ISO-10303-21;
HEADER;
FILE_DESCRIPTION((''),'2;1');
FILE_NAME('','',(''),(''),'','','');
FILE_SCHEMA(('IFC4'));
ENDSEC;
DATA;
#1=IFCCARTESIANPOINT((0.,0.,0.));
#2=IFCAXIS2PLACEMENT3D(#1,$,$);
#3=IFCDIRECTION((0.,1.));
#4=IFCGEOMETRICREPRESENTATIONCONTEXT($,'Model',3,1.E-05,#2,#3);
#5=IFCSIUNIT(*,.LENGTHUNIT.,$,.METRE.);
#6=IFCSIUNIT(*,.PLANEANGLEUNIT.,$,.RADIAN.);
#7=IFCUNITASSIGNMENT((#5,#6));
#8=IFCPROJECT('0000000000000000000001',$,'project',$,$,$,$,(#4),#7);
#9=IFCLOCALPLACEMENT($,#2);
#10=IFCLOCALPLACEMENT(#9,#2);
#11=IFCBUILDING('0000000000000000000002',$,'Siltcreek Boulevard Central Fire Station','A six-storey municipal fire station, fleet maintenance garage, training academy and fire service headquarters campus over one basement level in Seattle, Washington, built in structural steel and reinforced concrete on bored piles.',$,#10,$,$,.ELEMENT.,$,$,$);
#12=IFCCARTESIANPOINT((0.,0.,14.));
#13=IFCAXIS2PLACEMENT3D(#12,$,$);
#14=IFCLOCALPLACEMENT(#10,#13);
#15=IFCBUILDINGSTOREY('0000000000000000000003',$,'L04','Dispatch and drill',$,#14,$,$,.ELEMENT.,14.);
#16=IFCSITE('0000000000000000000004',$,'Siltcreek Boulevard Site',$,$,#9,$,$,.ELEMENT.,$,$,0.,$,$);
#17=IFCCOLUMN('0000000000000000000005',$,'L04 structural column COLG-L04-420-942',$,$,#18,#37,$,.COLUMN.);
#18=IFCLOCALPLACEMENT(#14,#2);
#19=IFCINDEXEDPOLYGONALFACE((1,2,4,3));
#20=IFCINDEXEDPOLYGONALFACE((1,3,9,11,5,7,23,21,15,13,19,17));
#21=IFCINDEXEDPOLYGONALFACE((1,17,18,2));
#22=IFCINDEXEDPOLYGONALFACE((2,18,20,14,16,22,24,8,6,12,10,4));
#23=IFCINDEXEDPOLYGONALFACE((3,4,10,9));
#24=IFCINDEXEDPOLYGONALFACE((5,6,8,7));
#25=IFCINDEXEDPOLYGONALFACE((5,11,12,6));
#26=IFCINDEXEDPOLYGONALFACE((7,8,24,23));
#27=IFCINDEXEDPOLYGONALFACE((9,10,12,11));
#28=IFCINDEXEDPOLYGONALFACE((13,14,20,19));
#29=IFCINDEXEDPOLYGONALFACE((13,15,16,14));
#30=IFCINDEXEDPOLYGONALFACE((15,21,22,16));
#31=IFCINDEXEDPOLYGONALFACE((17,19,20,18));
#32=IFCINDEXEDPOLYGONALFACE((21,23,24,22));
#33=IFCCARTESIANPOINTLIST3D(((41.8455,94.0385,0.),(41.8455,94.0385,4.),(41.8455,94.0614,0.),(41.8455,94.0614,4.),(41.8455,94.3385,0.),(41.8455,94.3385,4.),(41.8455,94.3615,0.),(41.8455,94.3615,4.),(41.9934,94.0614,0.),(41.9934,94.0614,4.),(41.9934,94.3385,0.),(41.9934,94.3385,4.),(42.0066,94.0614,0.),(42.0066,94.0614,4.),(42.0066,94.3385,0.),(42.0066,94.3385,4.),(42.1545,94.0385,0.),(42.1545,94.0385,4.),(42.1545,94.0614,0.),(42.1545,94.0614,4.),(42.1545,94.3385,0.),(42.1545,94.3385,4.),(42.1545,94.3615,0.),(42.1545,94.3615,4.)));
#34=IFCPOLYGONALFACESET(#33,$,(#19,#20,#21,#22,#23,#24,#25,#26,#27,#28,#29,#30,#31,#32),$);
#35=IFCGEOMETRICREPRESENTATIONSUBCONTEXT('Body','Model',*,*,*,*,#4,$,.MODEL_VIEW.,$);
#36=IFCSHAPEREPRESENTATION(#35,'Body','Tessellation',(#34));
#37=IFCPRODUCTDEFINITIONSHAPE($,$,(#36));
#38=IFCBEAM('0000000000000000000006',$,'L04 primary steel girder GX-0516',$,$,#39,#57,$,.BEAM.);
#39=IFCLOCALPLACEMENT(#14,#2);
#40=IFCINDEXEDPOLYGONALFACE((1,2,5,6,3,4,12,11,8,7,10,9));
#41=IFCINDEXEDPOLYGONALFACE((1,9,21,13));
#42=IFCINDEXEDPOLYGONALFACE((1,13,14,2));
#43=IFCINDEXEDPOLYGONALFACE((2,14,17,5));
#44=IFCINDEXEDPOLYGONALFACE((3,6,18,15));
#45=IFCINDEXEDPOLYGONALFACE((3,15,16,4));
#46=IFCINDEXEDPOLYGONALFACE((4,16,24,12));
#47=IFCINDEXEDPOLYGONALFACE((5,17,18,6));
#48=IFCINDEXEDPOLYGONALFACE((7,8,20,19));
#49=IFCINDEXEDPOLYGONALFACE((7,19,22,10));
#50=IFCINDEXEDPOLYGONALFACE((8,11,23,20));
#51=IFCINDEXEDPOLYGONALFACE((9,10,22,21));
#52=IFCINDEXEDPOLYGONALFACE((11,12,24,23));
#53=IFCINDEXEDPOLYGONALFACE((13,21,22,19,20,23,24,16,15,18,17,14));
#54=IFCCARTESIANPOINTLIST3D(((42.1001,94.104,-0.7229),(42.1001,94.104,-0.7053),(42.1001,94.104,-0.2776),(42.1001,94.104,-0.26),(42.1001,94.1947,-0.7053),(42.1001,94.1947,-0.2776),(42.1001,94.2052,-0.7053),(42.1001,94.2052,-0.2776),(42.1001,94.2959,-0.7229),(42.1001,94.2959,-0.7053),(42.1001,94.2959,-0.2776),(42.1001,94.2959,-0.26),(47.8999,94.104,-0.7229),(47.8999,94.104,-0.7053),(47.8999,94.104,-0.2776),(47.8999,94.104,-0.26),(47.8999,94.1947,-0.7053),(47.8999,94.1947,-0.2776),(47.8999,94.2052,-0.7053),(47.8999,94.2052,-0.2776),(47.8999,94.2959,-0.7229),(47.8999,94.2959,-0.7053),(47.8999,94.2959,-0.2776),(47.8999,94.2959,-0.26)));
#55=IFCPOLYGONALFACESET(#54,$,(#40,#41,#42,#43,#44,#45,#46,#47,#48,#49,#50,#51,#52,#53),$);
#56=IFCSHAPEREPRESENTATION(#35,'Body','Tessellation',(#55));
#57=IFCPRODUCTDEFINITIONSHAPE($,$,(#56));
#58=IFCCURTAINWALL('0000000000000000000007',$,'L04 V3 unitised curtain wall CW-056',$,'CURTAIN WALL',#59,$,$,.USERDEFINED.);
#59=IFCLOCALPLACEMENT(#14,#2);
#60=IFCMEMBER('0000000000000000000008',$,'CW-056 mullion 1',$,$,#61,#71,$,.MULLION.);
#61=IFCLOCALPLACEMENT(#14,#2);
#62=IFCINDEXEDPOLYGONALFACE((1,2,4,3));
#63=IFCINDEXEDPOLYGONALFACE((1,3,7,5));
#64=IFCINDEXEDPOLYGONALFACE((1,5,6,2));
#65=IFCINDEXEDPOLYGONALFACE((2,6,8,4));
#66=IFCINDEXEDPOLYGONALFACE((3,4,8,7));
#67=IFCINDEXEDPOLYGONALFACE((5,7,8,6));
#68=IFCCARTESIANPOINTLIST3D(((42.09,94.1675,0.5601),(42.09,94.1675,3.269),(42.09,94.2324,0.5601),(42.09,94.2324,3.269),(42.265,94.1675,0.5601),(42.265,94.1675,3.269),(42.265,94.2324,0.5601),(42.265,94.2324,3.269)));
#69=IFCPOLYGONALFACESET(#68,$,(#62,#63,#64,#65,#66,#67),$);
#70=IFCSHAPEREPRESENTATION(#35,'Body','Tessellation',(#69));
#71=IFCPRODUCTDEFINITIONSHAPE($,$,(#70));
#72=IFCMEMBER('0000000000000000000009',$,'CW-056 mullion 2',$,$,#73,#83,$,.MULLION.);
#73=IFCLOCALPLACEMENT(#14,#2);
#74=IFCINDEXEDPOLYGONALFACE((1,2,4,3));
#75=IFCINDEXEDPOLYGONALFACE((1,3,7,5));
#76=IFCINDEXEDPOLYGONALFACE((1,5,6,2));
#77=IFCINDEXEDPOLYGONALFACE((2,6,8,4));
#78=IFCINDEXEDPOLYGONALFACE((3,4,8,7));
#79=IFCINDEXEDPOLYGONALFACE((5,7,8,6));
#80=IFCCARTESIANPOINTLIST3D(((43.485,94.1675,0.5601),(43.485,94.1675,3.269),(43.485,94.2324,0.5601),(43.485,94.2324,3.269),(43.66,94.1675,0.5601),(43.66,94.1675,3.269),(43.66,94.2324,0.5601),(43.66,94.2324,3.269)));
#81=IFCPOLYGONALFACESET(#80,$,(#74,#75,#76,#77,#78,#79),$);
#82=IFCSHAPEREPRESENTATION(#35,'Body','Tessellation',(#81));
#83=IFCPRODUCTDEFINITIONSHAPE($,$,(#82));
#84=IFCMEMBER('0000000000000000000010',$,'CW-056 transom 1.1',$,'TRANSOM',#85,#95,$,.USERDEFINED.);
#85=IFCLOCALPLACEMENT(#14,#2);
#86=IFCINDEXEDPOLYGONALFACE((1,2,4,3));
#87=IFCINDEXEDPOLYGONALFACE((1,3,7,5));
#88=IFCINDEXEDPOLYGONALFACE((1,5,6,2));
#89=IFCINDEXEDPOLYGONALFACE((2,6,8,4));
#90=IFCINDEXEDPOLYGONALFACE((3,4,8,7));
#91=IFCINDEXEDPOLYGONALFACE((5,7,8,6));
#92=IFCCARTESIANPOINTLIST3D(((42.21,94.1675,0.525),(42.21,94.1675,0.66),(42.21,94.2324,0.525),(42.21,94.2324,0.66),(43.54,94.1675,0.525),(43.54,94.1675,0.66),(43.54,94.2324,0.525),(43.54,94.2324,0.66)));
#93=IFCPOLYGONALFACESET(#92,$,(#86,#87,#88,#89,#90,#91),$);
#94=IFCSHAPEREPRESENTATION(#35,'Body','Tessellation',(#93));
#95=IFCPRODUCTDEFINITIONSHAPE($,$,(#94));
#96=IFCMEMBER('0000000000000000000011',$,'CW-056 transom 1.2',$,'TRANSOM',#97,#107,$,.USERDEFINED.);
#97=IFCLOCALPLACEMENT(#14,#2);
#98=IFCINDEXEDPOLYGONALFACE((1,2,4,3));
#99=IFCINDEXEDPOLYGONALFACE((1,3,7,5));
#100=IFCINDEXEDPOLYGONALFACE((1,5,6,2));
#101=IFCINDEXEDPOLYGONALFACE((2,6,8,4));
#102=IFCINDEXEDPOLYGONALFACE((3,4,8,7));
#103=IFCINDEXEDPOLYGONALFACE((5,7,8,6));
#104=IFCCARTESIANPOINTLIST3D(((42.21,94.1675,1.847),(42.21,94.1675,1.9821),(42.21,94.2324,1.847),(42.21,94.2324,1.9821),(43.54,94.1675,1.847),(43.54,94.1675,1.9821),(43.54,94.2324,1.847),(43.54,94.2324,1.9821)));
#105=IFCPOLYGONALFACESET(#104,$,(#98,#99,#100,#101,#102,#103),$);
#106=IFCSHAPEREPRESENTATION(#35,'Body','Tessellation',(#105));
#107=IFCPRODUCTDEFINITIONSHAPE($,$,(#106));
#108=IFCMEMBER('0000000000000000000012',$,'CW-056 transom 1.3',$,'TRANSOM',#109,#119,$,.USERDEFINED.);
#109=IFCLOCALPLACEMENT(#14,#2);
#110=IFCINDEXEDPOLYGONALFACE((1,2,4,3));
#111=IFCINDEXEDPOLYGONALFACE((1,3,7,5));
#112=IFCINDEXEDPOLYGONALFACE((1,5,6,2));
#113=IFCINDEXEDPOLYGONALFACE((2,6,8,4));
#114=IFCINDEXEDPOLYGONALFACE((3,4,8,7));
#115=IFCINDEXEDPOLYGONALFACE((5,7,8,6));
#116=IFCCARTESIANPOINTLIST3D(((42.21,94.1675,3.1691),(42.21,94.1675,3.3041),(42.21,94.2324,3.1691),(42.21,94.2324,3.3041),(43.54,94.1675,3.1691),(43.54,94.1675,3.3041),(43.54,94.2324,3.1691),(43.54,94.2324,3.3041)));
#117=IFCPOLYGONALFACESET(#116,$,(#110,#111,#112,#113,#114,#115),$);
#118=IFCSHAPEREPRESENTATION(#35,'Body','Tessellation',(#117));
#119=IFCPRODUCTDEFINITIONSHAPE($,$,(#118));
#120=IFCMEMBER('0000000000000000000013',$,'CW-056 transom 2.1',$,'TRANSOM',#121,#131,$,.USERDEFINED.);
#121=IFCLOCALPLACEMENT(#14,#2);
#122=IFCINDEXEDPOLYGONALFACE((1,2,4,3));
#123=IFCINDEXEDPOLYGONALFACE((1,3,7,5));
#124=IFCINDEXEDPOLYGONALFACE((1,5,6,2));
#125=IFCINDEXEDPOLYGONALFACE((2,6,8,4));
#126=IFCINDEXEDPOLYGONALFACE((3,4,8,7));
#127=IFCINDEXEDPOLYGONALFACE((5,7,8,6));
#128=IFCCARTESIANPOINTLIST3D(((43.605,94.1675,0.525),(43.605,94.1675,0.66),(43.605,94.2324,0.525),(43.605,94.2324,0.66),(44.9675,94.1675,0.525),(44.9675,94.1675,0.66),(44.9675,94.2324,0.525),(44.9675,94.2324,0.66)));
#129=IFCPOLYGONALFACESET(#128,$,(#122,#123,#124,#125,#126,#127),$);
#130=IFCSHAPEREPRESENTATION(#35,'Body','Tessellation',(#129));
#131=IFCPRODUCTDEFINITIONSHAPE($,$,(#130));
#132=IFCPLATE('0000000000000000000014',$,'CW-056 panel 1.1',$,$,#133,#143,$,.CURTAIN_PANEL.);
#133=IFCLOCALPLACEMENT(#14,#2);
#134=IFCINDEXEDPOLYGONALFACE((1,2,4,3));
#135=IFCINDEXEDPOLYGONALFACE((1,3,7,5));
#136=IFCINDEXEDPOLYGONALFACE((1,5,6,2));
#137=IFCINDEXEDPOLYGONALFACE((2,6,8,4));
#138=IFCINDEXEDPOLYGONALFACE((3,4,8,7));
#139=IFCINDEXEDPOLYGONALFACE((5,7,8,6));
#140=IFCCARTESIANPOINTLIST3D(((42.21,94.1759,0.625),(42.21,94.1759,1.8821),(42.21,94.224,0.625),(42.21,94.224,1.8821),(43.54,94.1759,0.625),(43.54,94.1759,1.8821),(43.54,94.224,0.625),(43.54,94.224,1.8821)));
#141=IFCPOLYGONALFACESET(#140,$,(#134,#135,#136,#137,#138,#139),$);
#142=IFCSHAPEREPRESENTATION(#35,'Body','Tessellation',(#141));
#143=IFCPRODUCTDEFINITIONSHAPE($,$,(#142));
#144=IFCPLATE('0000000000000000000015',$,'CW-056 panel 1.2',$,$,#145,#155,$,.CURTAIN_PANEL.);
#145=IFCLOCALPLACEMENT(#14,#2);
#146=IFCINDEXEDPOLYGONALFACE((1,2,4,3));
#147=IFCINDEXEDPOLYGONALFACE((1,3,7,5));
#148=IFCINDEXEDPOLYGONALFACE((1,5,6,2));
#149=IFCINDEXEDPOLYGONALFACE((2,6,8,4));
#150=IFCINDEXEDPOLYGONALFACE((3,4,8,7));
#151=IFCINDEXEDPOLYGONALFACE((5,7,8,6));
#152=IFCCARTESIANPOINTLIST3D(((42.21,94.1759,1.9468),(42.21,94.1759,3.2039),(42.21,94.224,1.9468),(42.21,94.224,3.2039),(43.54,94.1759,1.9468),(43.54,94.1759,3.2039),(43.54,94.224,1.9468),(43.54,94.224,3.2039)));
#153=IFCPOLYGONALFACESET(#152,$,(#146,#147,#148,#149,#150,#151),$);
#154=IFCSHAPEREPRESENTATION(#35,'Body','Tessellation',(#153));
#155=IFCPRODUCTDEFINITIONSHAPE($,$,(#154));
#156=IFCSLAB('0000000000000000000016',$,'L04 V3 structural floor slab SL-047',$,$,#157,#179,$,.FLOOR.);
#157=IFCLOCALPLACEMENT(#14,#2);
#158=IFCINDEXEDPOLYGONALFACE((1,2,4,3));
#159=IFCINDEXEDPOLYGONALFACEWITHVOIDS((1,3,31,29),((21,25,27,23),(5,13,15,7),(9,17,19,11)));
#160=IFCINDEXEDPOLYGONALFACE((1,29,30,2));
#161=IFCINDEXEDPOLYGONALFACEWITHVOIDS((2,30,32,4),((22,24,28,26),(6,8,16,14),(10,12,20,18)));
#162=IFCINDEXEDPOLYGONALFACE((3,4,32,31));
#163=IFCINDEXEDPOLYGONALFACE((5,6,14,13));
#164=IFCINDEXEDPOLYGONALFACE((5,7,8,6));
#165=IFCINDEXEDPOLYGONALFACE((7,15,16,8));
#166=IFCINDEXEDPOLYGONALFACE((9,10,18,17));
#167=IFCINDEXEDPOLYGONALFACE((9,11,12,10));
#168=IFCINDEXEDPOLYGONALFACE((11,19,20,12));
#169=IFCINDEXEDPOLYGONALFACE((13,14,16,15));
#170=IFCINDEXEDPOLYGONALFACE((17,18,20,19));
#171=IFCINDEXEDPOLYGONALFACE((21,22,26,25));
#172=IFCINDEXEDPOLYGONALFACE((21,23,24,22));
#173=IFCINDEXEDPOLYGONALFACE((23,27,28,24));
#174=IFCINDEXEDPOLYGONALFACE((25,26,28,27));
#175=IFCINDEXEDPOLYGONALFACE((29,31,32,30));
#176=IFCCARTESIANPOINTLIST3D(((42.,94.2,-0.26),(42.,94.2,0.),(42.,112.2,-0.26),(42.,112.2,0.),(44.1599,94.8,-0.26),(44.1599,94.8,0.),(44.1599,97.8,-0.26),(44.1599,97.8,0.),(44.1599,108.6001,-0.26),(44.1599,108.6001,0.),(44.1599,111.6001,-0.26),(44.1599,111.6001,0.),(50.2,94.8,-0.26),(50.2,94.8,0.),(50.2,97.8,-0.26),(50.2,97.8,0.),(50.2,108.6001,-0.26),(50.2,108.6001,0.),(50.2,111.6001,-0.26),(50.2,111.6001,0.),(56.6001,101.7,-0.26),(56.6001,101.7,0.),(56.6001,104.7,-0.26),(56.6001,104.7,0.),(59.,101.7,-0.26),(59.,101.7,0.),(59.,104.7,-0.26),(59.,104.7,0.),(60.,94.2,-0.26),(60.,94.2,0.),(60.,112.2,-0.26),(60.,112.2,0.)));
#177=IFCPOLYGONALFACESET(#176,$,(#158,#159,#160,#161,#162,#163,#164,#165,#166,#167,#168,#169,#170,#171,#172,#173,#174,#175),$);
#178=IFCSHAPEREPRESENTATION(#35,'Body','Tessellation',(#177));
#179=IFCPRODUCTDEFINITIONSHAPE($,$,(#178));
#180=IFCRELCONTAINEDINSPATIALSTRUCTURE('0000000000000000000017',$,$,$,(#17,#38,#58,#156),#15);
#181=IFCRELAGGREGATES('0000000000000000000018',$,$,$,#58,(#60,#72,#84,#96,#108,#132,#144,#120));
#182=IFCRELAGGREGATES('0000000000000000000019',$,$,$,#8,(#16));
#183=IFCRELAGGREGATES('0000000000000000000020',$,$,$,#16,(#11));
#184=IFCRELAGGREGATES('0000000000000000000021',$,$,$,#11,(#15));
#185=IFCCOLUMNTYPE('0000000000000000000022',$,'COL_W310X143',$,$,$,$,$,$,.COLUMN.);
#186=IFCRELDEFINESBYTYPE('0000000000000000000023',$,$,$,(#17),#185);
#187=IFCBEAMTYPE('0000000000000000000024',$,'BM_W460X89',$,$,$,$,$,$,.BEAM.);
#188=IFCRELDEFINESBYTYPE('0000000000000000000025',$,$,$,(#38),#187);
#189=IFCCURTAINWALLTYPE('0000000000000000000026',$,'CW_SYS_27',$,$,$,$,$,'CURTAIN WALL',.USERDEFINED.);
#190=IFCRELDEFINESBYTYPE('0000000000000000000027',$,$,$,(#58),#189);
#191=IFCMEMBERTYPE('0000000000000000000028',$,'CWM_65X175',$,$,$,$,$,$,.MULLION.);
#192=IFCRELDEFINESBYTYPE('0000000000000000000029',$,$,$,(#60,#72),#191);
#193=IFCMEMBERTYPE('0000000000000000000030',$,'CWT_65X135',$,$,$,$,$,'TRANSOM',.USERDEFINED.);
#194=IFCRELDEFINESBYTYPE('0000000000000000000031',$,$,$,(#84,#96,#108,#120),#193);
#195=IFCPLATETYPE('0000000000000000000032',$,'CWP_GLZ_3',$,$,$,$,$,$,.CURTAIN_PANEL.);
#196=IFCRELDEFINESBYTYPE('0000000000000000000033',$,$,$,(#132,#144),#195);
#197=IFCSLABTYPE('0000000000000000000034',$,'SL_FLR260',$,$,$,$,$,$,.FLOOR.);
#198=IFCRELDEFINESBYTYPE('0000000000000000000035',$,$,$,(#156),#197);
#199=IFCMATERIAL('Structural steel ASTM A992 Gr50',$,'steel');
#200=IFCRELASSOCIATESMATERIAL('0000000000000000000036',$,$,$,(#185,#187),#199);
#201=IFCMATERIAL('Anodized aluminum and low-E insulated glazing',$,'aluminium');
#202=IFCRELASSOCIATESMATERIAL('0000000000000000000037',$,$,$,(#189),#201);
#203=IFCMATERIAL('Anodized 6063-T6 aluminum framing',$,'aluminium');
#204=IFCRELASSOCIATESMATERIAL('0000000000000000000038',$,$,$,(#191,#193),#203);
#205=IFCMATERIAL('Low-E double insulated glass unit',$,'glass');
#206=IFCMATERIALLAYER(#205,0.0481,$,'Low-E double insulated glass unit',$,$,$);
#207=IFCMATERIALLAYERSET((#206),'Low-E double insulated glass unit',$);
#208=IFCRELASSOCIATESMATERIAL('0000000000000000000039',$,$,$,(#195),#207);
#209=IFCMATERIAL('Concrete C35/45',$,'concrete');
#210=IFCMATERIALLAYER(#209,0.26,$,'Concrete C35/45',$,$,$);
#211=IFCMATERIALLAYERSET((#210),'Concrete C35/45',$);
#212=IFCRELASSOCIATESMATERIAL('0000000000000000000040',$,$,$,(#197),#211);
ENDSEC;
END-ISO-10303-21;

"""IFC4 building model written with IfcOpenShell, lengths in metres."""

from ifc_helpers import new_model, si_unit, direction, frame, origin, origin_2d, place, context, subcontext, project, spatial, polyline, rectangle, i_section, outline, extrude, material, layer, layer_set, material_profile, profile_set, type_object, element, aggregate, save


model = new_model("IFC4")

# Units and contexts
model_context = context("Model", 3, precision=1e-05, world=origin(), true_north=direction((0.0, 1.0)))
body_context = subcontext(model_context, "Body", "Model", "MODEL_VIEW")
ifc_project = project(units=[si_unit("LENGTHUNIT", "METRE"), si_unit("PLANEANGLEUNIT", "RADIAN")], contexts=[model_context])

# Site, building, storey
site_placement = place(None, origin())
site = spatial("IfcSite", under=ifc_project, at=site_placement, Name="Siltcreek Boulevard Site", CompositionType="ELEMENT", RefElevation=0.0)
building_placement = place(site_placement, origin())
building = spatial("IfcBuilding", under=site, at=building_placement, Name="Siltcreek Boulevard Central Fire Station", Description="A six-storey municipal fire station, fleet maintenance garage, training academy and fire service headquarters campus over one basement level in Seattle, Washington, built in structural steel and reinforced concrete on bored piles.", CompositionType="ELEMENT")
storey_placement = place(building_placement, frame((0.0, 0.0, 14.0)))
storey = spatial("IfcBuildingStorey", under=building, at=storey_placement, Name="L04", Description="Dispatch and drill", CompositionType="ELEMENT", Elevation=14.0)

# Column
ifc_material_1 = material(Name="Structural steel ASTM A992 Gr50", Category="steel")
ifc_material_profile_1 = material_profile(ifc_material_1, i_section(OverallWidth=0.3091, OverallDepth=0.323, WebThickness=0.0132, FlangeThickness=0.0229, at=origin_2d()), Name="W310X143")
ifc_profile_set_1 = profile_set([ifc_material_profile_1], Name="Structural steel ASTM A992 Gr50")
column_type = type_object("IfcColumnType", Name="COL_W310X143", PredefinedType="COLUMN", material=ifc_profile_set_1)
column_placement = place(storey_placement, frame((42.0, 94.2, 0.0), z_axis=(0.0, 0.0, 1.0), x_axis=(1.0, 0.0, 0.0)))
element("IfcColumn", 1, at=column_placement, inside=storey, type_object=column_type, Name="L04 structural column COLG-L04-420-942", PredefinedType="COLUMN", context=body_context, shape_type="SweptSolid", body=[
    extrude(i_section(OverallWidth=0.3091, OverallDepth=0.323, WebThickness=0.0132, FlangeThickness=0.0229, at=origin_2d()), origin(), (0.0, 0.0, 1.0), 4.0),
])

# Beam
ifc_material_profile_2 = material_profile(ifc_material_1, i_section(OverallWidth=0.1919, OverallDepth=0.4629, WebThickness=0.0105, FlangeThickness=0.0176, at=origin_2d()), Name="W460X89")
ifc_profile_set_2 = profile_set([ifc_material_profile_2], Name="Structural steel ASTM A992 Gr50")
beam_type = type_object("IfcBeamType", Name="BM_W460X89", PredefinedType="BEAM", material=ifc_profile_set_2)
beam_placement = place(storey_placement, frame((42.1001, 94.2, -0.4915), z_axis=(1.0, 0.0, 0.0), x_axis=(0.0, 1.0, 0.0)))
element("IfcBeam", 2, at=beam_placement, inside=storey, type_object=beam_type, Name="L04 primary steel girder GX-0516", PredefinedType="BEAM", context=body_context, shape_type="SweptSolid", body=[
    extrude(i_section(OverallWidth=0.1919, OverallDepth=0.4629, WebThickness=0.0105, FlangeThickness=0.0176, at=origin_2d()), origin(), (0.0, 0.0, 1.0), 5.7998),
])

# Curtain wall, members, plates
ifc_material_2 = material(Name="Anodized aluminum and low-E insulated glazing", Category="aluminium")
curtain_wall_type = type_object("IfcCurtainWallType", Name="CW_SYS_27", ElementType="CURTAIN WALL", PredefinedType="USERDEFINED", material=ifc_material_2)
curtain_wall_placement = place(storey_placement, origin())
curtain_wall = element("IfcCurtainWall", 3, at=curtain_wall_placement, inside=storey, type_object=curtain_wall_type, Name="L04 V3 unitised curtain wall CW-056", ObjectType="CURTAIN WALL", PredefinedType="USERDEFINED")
ifc_material_3 = material(Name="Anodized 6063-T6 aluminum framing", Category="aluminium")
ifc_material_profile_3 = material_profile(ifc_material_3, rectangle(XDim=0.0649, YDim=0.175, at=origin_2d()), Name="MULL65X175")
ifc_profile_set_3 = profile_set([ifc_material_profile_3], Name="Anodized 6063-T6 aluminum framing")
member_type_1 = type_object("IfcMemberType", Name="CWM_65X175", PredefinedType="MULLION", material=ifc_profile_set_3)
member_1_placement = place(storey_placement, frame((42.1775, 94.2, 0.5601), z_axis=(0.0, 0.0, 1.0), x_axis=(0.0, 1.0, 0.0)))
member_1 = element("IfcMember", 4, at=member_1_placement, type_object=member_type_1, Name="CW-056 mullion 1", PredefinedType="MULLION", context=body_context, shape_type="SweptSolid", body=[
    extrude(rectangle(XDim=0.0649, YDim=0.175, at=origin_2d()), origin(), (0.0, 0.0, 1.0), 2.709),
])
member_2_placement = place(storey_placement, frame((43.5725, 94.2, 0.5601), z_axis=(0.0, 0.0, 1.0), x_axis=(0.0, 1.0, 0.0)))
member_2 = element("IfcMember", 5, at=member_2_placement, type_object=member_type_1, Name="CW-056 mullion 2", PredefinedType="MULLION", context=body_context, shape_type="SweptSolid", body=[
    extrude(rectangle(XDim=0.0649, YDim=0.175, at=origin_2d()), origin(), (0.0, 0.0, 1.0), 2.709),
])
ifc_material_profile_4 = material_profile(ifc_material_3, rectangle(XDim=0.0649, YDim=0.135, at=origin_2d()), Name="TRAN65X135")
ifc_profile_set_4 = profile_set([ifc_material_profile_4], Name="Anodized 6063-T6 aluminum framing")
member_type_2 = type_object("IfcMemberType", Name="CWT_65X135", ElementType="TRANSOM", PredefinedType="USERDEFINED", material=ifc_profile_set_4)
member_3_placement = place(storey_placement, frame((42.21, 94.2, 0.5925), z_axis=(1.0, 0.0, 0.0), x_axis=(0.0, 1.0, 0.0)))
member_3 = element("IfcMember", 6, at=member_3_placement, type_object=member_type_2, Name="CW-056 transom 1.1", ObjectType="TRANSOM", PredefinedType="USERDEFINED", context=body_context, shape_type="SweptSolid", body=[
    extrude(rectangle(XDim=0.0649, YDim=0.135, at=origin_2d()), origin(), (0.0, 0.0, 1.0), 1.3301),
])
member_4_placement = place(storey_placement, frame((42.21, 94.2, 1.9146), z_axis=(1.0, 0.0, 0.0), x_axis=(0.0, 1.0, 0.0)))
member_4 = element("IfcMember", 7, at=member_4_placement, type_object=member_type_2, Name="CW-056 transom 1.2", ObjectType="TRANSOM", PredefinedType="USERDEFINED", context=body_context, shape_type="SweptSolid", body=[
    extrude(rectangle(XDim=0.0649, YDim=0.135, at=origin_2d()), origin(), (0.0, 0.0, 1.0), 1.3301),
])
member_5_placement = place(storey_placement, frame((42.21, 94.2, 3.2366), z_axis=(1.0, 0.0, 0.0), x_axis=(0.0, 1.0, 0.0)))
member_5 = element("IfcMember", 8, at=member_5_placement, type_object=member_type_2, Name="CW-056 transom 1.3", ObjectType="TRANSOM", PredefinedType="USERDEFINED", context=body_context, shape_type="SweptSolid", body=[
    extrude(rectangle(XDim=0.0649, YDim=0.135, at=origin_2d()), origin(), (0.0, 0.0, 1.0), 1.3301),
])
member_6_placement = place(storey_placement, frame((43.605, 94.2, 0.5925), z_axis=(1.0, 0.0, 0.0), x_axis=(0.0, 1.0, 0.0)))
member_6 = element("IfcMember", 9, at=member_6_placement, type_object=member_type_2, Name="CW-056 transom 2.1", ObjectType="TRANSOM", PredefinedType="USERDEFINED", context=body_context, shape_type="SweptSolid", body=[
    extrude(rectangle(XDim=0.0649, YDim=0.135, at=origin_2d()), origin(), (0.0, 0.0, 1.0), 1.3625),
])
ifc_material_4 = material(Name="Low-E double insulated glass unit", Category="glass")
ifc_layer_1 = layer(ifc_material_4, 0.0481, Name="Low-E double insulated glass unit")
ifc_layer_set_1 = layer_set([ifc_layer_1], Name="Low-E double insulated glass unit")
plate_type = type_object("IfcPlateType", Name="CWP_GLZ_3", PredefinedType="CURTAIN_PANEL", material=ifc_layer_set_1)
plate_1_placement = place(storey_placement, frame((42.875, 94.2, 0.625), z_axis=(0.0, 0.0, 1.0), x_axis=(1.0, 0.0, 0.0)))
plate_1 = element("IfcPlate", 10, at=plate_1_placement, type_object=plate_type, Name="CW-056 panel 1.1", PredefinedType="CURTAIN_PANEL", context=body_context, shape_type="SweptSolid", body=[
    extrude(rectangle(XDim=1.3301, YDim=0.0481, at=origin_2d()), origin(), (0.0, 0.0, 1.0), 1.2571),
])
plate_2_placement = place(storey_placement, frame((42.875, 94.2, 1.9468), z_axis=(0.0, 0.0, 1.0), x_axis=(1.0, 0.0, 0.0)))
plate_2 = element("IfcPlate", 11, at=plate_2_placement, type_object=plate_type, Name="CW-056 panel 1.2", PredefinedType="CURTAIN_PANEL", context=body_context, shape_type="SweptSolid", body=[
    extrude(rectangle(XDim=1.3301, YDim=0.0481, at=origin_2d()), origin(), (0.0, 0.0, 1.0), 1.2571),
])
aggregate(curtain_wall, [member_1, member_2, member_3, member_4, member_5, plate_1, plate_2, member_6])

# Slab
ifc_material_5 = material(Name="Concrete C35/45", Category="concrete")
ifc_layer_2 = layer(ifc_material_5, 0.26, Name="Concrete C35/45")
ifc_layer_set_2 = layer_set([ifc_layer_2], Name="Concrete C35/45")
slab_type_1 = type_object("IfcSlabType", Name="SL_FLR260", PredefinedType="FLOOR", material=ifc_layer_set_2)
slab_1_placement = place(storey_placement, frame((0.0, 0.0, -0.26)))
element("IfcSlab", 12, at=slab_1_placement, inside=storey, type_object=slab_type_1, Name="L04 V3 structural floor slab SL-047", PredefinedType="FLOOR", context=body_context, shape_type="SweptSolid", body=[
    extrude(outline(polyline([(42.0, 112.2), (60.0, 112.2), (60.0, 94.2), (42.0, 94.2), (42.0, 112.2)]), holes=[polyline([(44.1599, 97.8), (44.1599, 94.8), (50.2, 94.8), (50.2, 97.8), (44.1599, 97.8)]), polyline([(59.0, 104.7), (56.6001, 104.7), (56.6001, 101.7), (59.0, 101.7), (59.0, 104.7)]), polyline([(50.2, 111.6001), (44.1599, 111.6001), (44.1599, 108.6001), (50.2, 108.6001), (50.2, 111.6001)])]), origin(), (0.0, 0.0, 1.0), 0.26),
])

save(model, "model.ifc")
